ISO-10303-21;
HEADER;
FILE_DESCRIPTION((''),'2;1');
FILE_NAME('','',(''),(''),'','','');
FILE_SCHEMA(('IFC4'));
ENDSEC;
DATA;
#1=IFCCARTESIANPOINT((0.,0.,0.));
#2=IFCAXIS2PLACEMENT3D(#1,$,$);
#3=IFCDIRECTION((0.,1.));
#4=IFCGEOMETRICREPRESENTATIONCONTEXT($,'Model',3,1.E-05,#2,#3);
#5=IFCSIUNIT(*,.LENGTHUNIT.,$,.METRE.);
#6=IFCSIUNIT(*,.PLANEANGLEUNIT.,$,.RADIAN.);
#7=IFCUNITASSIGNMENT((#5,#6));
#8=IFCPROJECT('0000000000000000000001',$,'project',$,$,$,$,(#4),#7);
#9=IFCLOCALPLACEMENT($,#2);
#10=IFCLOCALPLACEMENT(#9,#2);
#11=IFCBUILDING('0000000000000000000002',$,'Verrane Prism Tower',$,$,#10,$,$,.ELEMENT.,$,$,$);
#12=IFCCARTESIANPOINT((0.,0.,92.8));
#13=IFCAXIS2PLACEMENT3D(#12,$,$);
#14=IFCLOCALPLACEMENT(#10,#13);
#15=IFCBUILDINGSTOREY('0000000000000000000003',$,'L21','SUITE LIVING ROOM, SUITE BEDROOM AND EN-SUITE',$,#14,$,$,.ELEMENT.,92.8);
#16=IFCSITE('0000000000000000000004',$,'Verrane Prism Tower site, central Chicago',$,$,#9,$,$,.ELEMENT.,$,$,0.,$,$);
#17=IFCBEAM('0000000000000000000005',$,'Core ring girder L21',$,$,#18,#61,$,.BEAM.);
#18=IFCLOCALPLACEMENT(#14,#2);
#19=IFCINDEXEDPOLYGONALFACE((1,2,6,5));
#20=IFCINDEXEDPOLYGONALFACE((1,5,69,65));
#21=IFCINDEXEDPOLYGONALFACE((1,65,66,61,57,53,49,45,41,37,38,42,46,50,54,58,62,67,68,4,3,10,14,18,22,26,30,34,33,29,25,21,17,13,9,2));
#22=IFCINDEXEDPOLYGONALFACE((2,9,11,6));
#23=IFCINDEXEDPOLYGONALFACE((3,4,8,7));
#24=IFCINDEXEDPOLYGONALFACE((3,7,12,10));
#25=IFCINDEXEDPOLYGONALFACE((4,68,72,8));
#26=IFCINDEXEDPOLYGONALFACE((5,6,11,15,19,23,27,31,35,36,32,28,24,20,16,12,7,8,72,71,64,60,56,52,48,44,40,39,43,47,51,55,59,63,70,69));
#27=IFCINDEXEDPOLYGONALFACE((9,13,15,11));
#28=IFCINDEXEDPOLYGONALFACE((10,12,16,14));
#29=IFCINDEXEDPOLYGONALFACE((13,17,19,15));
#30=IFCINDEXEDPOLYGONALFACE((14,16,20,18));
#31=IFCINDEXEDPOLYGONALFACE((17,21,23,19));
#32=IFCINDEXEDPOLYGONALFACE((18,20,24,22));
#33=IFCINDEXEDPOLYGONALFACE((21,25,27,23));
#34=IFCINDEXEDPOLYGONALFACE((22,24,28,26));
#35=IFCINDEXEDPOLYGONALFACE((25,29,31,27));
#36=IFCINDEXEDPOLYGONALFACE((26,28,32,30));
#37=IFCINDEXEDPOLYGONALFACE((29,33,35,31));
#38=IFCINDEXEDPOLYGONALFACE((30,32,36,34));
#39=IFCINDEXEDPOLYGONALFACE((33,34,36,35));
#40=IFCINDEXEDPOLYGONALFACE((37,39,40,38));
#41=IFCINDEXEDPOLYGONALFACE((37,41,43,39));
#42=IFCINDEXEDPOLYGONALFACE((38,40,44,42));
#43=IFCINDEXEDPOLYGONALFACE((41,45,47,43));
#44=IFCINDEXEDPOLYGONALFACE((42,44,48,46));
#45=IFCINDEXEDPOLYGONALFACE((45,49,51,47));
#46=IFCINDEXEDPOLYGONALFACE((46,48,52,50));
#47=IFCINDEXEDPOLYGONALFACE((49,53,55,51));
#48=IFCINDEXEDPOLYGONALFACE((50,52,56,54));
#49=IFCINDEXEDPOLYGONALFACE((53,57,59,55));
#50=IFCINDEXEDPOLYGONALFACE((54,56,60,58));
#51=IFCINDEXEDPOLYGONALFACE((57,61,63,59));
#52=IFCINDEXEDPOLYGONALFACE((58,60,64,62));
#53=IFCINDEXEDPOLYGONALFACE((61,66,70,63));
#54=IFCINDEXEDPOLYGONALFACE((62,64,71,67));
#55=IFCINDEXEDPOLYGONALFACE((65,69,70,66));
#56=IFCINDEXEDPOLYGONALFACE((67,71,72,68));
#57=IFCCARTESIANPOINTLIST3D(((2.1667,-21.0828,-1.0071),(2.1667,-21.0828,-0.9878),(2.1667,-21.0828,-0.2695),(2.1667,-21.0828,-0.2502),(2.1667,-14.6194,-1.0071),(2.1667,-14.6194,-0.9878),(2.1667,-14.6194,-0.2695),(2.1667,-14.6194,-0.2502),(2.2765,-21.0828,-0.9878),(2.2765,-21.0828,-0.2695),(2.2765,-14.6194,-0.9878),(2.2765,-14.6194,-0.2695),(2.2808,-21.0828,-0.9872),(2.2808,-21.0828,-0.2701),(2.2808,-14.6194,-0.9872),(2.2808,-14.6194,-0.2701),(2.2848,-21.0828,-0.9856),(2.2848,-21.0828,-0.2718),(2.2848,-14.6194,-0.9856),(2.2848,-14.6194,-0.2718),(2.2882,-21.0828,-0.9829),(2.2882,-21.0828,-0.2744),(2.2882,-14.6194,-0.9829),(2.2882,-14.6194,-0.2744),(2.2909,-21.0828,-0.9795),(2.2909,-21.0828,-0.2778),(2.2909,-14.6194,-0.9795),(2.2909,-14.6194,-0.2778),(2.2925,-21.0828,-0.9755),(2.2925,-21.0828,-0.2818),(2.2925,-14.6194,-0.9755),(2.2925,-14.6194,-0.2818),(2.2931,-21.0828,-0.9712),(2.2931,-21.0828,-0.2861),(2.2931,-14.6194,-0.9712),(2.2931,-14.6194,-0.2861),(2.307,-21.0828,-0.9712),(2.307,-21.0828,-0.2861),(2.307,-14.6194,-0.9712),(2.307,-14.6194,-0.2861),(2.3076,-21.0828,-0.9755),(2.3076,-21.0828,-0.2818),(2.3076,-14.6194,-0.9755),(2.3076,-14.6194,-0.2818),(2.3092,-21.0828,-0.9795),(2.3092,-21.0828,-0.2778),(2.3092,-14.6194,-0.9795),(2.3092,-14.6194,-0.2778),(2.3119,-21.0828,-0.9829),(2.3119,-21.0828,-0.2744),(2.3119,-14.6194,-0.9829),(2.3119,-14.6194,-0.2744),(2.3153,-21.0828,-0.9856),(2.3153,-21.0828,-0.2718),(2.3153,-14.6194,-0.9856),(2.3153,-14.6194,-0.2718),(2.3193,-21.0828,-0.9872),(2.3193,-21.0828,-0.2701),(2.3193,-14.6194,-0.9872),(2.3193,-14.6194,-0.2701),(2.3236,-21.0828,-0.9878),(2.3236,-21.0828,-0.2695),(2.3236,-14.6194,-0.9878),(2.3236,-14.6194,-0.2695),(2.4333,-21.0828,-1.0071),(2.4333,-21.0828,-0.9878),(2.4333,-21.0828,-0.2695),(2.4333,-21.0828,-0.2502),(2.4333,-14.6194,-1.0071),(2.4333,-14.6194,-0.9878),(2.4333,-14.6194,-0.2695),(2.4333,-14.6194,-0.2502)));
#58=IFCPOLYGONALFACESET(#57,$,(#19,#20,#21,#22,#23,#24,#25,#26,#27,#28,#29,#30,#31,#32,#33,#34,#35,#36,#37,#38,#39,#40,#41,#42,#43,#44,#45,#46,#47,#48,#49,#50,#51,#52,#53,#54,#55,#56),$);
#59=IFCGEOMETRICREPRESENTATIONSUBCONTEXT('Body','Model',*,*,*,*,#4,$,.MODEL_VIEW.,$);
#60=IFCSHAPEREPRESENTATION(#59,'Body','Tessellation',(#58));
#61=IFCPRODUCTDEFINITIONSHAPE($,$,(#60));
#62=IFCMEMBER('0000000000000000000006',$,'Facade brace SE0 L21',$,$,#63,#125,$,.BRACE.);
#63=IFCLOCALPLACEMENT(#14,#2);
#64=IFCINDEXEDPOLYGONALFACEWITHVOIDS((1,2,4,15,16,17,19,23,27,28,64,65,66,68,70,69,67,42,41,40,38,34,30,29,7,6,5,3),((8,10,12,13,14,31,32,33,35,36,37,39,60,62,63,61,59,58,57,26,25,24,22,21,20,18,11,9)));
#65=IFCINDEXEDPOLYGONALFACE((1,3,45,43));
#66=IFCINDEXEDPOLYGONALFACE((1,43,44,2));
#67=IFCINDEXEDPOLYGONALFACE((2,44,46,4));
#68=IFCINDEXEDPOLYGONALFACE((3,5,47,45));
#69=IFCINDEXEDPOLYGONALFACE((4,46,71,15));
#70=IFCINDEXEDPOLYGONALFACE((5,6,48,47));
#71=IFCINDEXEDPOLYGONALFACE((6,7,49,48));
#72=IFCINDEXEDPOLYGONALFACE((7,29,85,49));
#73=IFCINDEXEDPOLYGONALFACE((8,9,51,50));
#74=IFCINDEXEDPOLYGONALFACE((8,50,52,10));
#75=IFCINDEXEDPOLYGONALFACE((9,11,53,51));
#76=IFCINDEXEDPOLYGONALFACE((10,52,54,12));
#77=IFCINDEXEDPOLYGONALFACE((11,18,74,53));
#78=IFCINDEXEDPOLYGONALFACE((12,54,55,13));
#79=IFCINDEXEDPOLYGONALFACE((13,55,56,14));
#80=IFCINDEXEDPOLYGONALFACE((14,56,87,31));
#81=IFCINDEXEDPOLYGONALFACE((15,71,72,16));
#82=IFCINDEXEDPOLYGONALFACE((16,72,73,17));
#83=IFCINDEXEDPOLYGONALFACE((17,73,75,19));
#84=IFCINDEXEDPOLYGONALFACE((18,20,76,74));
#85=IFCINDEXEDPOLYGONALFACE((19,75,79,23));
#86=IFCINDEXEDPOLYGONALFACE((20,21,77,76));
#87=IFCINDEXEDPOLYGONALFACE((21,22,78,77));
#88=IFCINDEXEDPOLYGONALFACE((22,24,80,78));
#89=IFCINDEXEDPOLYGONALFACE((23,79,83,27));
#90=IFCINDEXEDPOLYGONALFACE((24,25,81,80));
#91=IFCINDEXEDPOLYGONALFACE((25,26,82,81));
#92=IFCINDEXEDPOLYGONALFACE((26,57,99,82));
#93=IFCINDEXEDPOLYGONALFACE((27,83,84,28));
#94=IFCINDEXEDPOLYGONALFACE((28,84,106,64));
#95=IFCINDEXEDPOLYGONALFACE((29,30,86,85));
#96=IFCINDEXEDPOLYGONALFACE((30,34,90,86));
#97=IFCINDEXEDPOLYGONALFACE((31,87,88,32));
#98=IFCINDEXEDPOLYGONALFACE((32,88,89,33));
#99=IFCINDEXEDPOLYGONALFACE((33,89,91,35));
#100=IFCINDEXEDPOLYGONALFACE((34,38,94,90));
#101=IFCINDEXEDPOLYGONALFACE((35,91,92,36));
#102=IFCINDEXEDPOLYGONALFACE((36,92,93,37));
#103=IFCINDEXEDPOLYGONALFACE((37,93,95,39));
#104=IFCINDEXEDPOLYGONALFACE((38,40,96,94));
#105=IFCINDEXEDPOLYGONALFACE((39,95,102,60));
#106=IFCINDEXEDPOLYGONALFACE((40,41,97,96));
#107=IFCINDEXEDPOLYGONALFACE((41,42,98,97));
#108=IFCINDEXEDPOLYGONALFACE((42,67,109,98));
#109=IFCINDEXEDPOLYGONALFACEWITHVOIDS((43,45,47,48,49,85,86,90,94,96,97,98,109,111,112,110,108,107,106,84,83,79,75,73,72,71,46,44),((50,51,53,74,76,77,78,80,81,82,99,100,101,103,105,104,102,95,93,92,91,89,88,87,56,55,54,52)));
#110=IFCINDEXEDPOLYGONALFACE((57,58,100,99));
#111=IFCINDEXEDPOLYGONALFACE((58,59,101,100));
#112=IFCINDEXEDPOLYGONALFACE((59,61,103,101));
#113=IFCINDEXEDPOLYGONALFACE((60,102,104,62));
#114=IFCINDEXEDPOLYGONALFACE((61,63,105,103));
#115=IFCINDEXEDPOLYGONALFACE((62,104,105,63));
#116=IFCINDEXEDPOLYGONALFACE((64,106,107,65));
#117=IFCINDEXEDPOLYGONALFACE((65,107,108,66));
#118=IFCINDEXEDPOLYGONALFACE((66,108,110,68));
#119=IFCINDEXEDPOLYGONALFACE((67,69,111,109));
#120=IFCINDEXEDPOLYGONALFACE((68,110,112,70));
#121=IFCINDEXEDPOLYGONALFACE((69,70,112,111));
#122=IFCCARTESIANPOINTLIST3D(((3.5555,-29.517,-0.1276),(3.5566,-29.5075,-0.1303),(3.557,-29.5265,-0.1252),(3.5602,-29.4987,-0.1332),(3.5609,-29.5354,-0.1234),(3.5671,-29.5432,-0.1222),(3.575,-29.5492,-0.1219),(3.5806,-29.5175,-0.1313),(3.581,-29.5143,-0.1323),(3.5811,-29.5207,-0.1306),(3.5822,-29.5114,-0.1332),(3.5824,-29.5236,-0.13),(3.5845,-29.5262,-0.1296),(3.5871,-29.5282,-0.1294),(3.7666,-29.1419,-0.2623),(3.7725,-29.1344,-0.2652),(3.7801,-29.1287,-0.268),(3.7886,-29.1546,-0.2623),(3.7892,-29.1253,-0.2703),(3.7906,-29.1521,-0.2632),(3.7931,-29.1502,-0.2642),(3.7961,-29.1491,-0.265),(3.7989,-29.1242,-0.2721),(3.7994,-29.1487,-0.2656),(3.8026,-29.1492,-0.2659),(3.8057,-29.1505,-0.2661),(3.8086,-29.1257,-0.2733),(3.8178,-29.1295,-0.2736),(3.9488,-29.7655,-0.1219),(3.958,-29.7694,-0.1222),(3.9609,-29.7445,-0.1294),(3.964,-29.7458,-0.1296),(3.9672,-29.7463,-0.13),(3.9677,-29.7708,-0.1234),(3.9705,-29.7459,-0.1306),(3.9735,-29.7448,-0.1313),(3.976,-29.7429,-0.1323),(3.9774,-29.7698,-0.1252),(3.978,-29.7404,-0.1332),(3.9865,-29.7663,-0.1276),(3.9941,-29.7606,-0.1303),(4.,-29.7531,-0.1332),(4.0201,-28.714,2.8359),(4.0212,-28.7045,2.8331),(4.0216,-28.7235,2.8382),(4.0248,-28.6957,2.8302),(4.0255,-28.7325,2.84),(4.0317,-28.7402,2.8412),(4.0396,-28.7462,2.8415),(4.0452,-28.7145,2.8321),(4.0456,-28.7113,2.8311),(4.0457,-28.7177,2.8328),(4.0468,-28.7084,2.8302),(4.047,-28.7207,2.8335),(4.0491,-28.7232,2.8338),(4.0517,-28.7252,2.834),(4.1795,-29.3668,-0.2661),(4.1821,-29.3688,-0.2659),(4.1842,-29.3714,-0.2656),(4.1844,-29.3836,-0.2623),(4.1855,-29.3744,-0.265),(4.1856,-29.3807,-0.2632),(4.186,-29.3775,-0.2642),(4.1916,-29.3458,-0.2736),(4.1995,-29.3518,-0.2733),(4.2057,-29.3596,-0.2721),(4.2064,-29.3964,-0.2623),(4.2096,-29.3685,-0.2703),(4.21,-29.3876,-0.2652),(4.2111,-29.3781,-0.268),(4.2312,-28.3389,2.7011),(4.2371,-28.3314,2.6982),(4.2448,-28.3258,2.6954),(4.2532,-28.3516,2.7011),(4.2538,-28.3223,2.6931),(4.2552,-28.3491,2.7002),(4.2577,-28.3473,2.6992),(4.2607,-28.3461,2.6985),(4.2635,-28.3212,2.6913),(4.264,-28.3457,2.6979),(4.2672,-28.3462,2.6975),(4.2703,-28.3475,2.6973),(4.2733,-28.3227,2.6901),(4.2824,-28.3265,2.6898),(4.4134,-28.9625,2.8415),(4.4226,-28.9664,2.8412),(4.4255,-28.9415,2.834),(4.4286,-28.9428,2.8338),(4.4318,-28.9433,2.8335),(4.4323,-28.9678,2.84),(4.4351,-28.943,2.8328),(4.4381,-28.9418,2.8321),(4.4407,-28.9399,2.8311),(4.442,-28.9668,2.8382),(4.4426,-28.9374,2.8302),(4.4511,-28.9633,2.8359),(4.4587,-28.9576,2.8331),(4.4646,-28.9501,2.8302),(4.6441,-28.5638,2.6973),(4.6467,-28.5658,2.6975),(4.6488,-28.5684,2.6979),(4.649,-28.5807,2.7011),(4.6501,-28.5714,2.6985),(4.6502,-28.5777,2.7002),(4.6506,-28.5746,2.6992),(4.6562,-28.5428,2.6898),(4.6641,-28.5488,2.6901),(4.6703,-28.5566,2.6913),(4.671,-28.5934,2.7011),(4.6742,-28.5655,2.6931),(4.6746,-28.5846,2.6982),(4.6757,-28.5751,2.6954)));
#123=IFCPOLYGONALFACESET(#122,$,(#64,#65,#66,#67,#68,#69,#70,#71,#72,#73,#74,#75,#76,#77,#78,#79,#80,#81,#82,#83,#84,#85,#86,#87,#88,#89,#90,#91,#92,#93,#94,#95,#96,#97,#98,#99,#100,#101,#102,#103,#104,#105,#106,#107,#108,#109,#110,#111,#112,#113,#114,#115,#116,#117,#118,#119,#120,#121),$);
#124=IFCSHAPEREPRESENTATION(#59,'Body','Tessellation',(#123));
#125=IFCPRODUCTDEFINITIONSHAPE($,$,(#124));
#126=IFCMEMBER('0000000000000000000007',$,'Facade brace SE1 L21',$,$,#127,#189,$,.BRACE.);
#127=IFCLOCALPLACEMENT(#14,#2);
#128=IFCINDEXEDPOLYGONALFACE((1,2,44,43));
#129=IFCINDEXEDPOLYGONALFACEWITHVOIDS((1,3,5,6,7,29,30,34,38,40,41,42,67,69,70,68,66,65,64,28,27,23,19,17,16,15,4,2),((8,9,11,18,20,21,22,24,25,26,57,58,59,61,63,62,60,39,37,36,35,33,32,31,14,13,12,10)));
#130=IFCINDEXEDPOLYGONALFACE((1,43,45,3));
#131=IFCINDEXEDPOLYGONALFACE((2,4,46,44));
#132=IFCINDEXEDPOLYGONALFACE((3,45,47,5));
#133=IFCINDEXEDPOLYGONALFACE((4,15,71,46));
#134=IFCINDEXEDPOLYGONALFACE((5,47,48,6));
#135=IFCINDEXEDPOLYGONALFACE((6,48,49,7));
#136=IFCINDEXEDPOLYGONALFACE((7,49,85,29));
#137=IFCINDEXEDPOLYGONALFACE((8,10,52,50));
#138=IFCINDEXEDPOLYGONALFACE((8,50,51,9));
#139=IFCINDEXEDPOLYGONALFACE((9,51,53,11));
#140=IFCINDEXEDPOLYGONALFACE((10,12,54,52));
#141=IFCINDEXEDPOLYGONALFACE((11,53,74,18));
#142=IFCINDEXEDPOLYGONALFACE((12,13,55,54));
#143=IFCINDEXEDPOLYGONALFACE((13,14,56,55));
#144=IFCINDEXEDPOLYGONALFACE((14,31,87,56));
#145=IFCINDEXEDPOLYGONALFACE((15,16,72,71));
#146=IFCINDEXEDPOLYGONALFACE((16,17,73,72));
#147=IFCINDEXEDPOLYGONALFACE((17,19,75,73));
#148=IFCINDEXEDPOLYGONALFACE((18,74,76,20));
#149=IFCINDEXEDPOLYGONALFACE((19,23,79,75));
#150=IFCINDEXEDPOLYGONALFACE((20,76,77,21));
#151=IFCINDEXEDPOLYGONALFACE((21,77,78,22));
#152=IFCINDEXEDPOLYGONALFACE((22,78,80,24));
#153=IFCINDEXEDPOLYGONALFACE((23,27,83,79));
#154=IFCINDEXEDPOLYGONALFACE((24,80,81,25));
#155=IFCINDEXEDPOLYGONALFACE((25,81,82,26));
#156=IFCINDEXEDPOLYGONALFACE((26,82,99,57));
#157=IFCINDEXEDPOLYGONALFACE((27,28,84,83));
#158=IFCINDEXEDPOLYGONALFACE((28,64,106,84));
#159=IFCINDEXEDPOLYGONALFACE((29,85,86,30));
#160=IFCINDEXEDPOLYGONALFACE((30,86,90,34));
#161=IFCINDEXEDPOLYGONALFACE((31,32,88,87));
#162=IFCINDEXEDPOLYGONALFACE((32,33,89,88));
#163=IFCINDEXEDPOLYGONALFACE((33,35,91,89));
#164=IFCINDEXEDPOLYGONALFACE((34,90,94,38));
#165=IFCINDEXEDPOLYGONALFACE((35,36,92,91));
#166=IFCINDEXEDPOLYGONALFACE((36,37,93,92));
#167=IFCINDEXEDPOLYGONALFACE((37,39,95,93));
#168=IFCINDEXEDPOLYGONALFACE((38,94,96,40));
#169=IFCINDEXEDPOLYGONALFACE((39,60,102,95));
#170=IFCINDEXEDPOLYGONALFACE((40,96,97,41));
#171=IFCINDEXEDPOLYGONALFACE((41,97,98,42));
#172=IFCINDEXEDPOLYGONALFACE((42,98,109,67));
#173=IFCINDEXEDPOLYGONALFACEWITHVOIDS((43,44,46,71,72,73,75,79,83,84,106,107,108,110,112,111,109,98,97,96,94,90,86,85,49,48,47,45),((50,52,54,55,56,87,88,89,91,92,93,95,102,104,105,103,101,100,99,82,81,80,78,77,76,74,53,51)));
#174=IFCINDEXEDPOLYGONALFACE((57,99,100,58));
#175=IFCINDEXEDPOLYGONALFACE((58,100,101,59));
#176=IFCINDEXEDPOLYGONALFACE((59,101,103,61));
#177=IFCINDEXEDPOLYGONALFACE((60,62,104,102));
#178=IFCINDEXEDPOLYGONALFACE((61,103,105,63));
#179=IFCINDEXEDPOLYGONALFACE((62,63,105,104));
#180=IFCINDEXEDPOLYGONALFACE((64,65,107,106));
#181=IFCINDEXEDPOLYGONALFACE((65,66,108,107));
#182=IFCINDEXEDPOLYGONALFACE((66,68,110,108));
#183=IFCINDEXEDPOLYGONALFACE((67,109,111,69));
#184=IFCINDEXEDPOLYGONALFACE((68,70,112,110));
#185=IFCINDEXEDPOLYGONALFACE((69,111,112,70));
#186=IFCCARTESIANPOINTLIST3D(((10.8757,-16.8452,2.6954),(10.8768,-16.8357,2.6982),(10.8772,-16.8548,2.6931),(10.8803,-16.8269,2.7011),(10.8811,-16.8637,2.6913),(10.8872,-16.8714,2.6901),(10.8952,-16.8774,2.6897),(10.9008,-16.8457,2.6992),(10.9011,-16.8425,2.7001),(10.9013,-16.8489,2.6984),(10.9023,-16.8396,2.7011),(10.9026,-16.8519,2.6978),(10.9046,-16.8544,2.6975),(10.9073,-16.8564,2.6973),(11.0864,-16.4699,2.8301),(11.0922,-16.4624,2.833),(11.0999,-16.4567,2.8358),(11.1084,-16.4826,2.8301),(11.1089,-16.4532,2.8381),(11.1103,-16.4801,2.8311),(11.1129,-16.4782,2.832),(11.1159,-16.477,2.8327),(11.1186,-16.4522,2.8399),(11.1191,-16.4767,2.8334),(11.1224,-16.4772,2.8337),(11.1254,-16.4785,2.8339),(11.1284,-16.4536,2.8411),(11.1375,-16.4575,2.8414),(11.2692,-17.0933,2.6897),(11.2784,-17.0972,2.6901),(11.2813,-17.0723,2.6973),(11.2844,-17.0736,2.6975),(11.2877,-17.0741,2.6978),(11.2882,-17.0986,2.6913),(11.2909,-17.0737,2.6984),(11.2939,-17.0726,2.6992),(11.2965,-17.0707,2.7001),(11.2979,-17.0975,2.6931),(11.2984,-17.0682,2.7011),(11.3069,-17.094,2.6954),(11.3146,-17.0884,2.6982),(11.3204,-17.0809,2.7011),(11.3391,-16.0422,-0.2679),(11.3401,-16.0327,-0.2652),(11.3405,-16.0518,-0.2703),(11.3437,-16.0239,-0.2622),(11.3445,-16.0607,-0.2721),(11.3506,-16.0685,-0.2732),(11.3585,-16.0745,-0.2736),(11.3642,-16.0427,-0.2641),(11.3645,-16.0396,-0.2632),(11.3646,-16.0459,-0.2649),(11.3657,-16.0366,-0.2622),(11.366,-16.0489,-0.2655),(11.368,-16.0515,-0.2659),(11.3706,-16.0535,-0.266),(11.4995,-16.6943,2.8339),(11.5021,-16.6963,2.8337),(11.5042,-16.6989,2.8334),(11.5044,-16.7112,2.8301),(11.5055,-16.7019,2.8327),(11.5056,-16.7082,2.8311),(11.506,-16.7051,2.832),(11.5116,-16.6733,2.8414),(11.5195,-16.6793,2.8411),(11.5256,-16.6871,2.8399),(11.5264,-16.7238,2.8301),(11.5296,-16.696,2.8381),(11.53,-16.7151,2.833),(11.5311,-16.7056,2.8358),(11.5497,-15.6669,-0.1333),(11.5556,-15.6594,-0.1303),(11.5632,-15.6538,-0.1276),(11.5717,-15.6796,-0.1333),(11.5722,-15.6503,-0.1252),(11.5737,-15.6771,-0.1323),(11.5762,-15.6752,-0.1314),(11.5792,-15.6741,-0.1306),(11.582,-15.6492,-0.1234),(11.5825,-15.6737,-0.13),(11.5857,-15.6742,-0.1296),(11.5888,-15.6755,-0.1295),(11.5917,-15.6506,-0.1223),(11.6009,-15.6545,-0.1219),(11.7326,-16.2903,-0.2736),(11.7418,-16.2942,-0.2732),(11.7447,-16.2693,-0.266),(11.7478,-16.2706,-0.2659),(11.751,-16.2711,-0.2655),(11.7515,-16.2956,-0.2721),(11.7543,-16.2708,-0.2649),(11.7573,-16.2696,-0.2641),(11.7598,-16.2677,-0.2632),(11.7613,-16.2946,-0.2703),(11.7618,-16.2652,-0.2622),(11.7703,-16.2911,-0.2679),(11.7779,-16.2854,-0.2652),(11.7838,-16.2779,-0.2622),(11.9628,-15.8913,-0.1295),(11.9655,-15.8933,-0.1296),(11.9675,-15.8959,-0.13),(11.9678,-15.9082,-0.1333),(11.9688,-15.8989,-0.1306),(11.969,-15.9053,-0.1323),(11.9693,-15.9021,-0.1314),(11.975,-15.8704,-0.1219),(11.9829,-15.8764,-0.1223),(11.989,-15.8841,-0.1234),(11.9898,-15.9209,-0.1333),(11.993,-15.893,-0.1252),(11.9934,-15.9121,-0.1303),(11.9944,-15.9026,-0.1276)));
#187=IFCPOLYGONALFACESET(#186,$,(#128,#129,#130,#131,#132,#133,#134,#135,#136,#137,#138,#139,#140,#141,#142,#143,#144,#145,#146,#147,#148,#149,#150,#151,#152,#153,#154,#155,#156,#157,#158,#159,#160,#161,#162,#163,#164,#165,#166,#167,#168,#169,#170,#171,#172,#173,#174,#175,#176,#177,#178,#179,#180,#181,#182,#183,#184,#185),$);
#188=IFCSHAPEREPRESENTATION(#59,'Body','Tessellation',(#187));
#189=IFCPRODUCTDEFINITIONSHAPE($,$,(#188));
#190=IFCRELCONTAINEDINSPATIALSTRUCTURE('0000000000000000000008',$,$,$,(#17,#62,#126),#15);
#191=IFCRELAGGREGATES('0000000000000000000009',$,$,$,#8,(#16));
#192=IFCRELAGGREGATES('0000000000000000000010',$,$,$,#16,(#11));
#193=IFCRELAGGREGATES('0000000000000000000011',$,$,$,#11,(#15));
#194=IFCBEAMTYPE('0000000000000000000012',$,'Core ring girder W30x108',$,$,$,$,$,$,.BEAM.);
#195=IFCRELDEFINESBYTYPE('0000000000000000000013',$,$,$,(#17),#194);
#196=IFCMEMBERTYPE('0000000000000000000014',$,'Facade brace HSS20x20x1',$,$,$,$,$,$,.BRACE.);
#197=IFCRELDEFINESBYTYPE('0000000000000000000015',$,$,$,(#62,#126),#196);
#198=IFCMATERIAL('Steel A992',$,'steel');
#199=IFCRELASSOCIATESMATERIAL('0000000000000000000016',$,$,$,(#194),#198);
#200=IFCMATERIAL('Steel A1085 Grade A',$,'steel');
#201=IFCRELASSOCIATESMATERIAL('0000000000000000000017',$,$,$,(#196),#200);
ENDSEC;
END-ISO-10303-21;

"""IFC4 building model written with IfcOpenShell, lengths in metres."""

from ifc_helpers import new_model, si_unit, direction, frame, origin, origin_2d, place, context, subcontext, project, spatial, hollow_rectangle, i_section, extrude, material, material_profile, profile_set, type_object, element, save


model = new_model("IFC4")

# Units and contexts
model_context = context("Model", 3, precision=1e-05, world=origin(), true_north=direction((0.0, 1.0)))
body_context = subcontext(model_context, "Body", "Model", "MODEL_VIEW")
ifc_project = project(units=[si_unit("LENGTHUNIT", "METRE"), si_unit("PLANEANGLEUNIT", "RADIAN")], contexts=[model_context])

# Site, building, storey
site_placement = place(None, origin())
site = spatial("IfcSite", under=ifc_project, at=site_placement, Name="Verrane Prism Tower site, central Chicago", CompositionType="ELEMENT", RefElevation=0.0)
building_placement = place(site_placement, origin())
building = spatial("IfcBuilding", under=site, at=building_placement, Name="Verrane Prism Tower", CompositionType="ELEMENT")
storey_placement = place(building_placement, frame((0.0, 0.0, 92.8)))
storey = spatial("IfcBuildingStorey", under=building, at=storey_placement, Name="L21", Description="SUITE LIVING ROOM, SUITE BEDROOM AND EN-SUITE", CompositionType="ELEMENT", Elevation=92.8)

# Beam
ifc_material_1 = material(Name="Steel A992", Category="steel")
ifc_material_profile_1 = material_profile(ifc_material_1, i_section(OverallWidth=0.2666, OverallDepth=0.7568, WebThickness=0.0139, FlangeThickness=0.0193, FilletRadius=0.0166, at=origin_2d()), Name="W30x108")
ifc_profile_set_1 = profile_set([ifc_material_profile_1], Name="Steel A992")
beam_type_1 = type_object("IfcBeamType", Name="Core ring girder W30x108", PredefinedType="BEAM", material=ifc_profile_set_1)
beam_1_placement = place(storey_placement, frame((2.3, -21.0828, -0.6287), z_axis=(0.0, 1.0, 0.0), x_axis=(-1.0, 0.0, 0.0)))
element("IfcBeam", 1, at=beam_1_placement, inside=storey, type_object=beam_type_1, Name="Core ring girder L21", PredefinedType="BEAM", context=body_context, shape_type="SweptSolid", body=[
    extrude(i_section(OverallWidth=0.2666, OverallDepth=0.7568, WebThickness=0.0139, FlangeThickness=0.0193, FilletRadius=0.0166, at=origin_2d()), origin(), (0.0, 0.0, 1.0), 6.4634),
])

# Members
ifc_material_2 = material(Name="Steel A1085 Grade A", Category="steel")
ifc_material_profile_2 = material_profile(ifc_material_2, hollow_rectangle(XDim=0.5081, YDim=0.5081, WallThickness=0.0254, InnerFilletRadius=0.0127, OuterFilletRadius=0.0381, at=origin_2d()), Name="HSS20x20x1")
ifc_profile_set_2 = profile_set([ifc_material_profile_2], Name="Steel A1085 Grade A")
member_type_1 = type_object("IfcMemberType", Name="Facade brace HSS20x20x1", PredefinedType="BRACE", material=ifc_profile_set_2)
member_1_placement = place(storey_placement, frame((3.8833, -29.4475, -0.1978), z_axis=(0.14962, 0.258592, 0.954329), x_axis=(-0.865558, 0.500808, 0.0)))
element("IfcMember", 2, at=member_1_placement, inside=storey, type_object=member_type_1, Name="Facade brace SE0 L21", PredefinedType="BRACE", context=body_context, shape_type="SweptSolid", body=[
    extrude(hollow_rectangle(XDim=0.5081, YDim=0.5081, WallThickness=0.0254, InnerFilletRadius=0.0127, OuterFilletRadius=0.0381, at=origin_2d()), origin(), (0.0, 0.0, 1.0), 3.1052),
])
member_2_placement = place(storey_placement, frame((11.6667, -15.9724, -0.1978), z_axis=(-0.149236, -0.258607, 0.954385), x_axis=(0.866129, -0.499821, 0.0)))
element("IfcMember", 3, at=member_2_placement, inside=storey, type_object=member_type_1, Name="Facade brace SE1 L21", PredefinedType="BRACE", context=body_context, shape_type="SweptSolid", body=[
    extrude(hollow_rectangle(XDim=0.5081, YDim=0.5081, WallThickness=0.0254, InnerFilletRadius=0.0127, OuterFilletRadius=0.0381, at=origin_2d()), origin(), (0.0, 0.0, 1.0), 3.105),
])

save(model, "model.ifc")
